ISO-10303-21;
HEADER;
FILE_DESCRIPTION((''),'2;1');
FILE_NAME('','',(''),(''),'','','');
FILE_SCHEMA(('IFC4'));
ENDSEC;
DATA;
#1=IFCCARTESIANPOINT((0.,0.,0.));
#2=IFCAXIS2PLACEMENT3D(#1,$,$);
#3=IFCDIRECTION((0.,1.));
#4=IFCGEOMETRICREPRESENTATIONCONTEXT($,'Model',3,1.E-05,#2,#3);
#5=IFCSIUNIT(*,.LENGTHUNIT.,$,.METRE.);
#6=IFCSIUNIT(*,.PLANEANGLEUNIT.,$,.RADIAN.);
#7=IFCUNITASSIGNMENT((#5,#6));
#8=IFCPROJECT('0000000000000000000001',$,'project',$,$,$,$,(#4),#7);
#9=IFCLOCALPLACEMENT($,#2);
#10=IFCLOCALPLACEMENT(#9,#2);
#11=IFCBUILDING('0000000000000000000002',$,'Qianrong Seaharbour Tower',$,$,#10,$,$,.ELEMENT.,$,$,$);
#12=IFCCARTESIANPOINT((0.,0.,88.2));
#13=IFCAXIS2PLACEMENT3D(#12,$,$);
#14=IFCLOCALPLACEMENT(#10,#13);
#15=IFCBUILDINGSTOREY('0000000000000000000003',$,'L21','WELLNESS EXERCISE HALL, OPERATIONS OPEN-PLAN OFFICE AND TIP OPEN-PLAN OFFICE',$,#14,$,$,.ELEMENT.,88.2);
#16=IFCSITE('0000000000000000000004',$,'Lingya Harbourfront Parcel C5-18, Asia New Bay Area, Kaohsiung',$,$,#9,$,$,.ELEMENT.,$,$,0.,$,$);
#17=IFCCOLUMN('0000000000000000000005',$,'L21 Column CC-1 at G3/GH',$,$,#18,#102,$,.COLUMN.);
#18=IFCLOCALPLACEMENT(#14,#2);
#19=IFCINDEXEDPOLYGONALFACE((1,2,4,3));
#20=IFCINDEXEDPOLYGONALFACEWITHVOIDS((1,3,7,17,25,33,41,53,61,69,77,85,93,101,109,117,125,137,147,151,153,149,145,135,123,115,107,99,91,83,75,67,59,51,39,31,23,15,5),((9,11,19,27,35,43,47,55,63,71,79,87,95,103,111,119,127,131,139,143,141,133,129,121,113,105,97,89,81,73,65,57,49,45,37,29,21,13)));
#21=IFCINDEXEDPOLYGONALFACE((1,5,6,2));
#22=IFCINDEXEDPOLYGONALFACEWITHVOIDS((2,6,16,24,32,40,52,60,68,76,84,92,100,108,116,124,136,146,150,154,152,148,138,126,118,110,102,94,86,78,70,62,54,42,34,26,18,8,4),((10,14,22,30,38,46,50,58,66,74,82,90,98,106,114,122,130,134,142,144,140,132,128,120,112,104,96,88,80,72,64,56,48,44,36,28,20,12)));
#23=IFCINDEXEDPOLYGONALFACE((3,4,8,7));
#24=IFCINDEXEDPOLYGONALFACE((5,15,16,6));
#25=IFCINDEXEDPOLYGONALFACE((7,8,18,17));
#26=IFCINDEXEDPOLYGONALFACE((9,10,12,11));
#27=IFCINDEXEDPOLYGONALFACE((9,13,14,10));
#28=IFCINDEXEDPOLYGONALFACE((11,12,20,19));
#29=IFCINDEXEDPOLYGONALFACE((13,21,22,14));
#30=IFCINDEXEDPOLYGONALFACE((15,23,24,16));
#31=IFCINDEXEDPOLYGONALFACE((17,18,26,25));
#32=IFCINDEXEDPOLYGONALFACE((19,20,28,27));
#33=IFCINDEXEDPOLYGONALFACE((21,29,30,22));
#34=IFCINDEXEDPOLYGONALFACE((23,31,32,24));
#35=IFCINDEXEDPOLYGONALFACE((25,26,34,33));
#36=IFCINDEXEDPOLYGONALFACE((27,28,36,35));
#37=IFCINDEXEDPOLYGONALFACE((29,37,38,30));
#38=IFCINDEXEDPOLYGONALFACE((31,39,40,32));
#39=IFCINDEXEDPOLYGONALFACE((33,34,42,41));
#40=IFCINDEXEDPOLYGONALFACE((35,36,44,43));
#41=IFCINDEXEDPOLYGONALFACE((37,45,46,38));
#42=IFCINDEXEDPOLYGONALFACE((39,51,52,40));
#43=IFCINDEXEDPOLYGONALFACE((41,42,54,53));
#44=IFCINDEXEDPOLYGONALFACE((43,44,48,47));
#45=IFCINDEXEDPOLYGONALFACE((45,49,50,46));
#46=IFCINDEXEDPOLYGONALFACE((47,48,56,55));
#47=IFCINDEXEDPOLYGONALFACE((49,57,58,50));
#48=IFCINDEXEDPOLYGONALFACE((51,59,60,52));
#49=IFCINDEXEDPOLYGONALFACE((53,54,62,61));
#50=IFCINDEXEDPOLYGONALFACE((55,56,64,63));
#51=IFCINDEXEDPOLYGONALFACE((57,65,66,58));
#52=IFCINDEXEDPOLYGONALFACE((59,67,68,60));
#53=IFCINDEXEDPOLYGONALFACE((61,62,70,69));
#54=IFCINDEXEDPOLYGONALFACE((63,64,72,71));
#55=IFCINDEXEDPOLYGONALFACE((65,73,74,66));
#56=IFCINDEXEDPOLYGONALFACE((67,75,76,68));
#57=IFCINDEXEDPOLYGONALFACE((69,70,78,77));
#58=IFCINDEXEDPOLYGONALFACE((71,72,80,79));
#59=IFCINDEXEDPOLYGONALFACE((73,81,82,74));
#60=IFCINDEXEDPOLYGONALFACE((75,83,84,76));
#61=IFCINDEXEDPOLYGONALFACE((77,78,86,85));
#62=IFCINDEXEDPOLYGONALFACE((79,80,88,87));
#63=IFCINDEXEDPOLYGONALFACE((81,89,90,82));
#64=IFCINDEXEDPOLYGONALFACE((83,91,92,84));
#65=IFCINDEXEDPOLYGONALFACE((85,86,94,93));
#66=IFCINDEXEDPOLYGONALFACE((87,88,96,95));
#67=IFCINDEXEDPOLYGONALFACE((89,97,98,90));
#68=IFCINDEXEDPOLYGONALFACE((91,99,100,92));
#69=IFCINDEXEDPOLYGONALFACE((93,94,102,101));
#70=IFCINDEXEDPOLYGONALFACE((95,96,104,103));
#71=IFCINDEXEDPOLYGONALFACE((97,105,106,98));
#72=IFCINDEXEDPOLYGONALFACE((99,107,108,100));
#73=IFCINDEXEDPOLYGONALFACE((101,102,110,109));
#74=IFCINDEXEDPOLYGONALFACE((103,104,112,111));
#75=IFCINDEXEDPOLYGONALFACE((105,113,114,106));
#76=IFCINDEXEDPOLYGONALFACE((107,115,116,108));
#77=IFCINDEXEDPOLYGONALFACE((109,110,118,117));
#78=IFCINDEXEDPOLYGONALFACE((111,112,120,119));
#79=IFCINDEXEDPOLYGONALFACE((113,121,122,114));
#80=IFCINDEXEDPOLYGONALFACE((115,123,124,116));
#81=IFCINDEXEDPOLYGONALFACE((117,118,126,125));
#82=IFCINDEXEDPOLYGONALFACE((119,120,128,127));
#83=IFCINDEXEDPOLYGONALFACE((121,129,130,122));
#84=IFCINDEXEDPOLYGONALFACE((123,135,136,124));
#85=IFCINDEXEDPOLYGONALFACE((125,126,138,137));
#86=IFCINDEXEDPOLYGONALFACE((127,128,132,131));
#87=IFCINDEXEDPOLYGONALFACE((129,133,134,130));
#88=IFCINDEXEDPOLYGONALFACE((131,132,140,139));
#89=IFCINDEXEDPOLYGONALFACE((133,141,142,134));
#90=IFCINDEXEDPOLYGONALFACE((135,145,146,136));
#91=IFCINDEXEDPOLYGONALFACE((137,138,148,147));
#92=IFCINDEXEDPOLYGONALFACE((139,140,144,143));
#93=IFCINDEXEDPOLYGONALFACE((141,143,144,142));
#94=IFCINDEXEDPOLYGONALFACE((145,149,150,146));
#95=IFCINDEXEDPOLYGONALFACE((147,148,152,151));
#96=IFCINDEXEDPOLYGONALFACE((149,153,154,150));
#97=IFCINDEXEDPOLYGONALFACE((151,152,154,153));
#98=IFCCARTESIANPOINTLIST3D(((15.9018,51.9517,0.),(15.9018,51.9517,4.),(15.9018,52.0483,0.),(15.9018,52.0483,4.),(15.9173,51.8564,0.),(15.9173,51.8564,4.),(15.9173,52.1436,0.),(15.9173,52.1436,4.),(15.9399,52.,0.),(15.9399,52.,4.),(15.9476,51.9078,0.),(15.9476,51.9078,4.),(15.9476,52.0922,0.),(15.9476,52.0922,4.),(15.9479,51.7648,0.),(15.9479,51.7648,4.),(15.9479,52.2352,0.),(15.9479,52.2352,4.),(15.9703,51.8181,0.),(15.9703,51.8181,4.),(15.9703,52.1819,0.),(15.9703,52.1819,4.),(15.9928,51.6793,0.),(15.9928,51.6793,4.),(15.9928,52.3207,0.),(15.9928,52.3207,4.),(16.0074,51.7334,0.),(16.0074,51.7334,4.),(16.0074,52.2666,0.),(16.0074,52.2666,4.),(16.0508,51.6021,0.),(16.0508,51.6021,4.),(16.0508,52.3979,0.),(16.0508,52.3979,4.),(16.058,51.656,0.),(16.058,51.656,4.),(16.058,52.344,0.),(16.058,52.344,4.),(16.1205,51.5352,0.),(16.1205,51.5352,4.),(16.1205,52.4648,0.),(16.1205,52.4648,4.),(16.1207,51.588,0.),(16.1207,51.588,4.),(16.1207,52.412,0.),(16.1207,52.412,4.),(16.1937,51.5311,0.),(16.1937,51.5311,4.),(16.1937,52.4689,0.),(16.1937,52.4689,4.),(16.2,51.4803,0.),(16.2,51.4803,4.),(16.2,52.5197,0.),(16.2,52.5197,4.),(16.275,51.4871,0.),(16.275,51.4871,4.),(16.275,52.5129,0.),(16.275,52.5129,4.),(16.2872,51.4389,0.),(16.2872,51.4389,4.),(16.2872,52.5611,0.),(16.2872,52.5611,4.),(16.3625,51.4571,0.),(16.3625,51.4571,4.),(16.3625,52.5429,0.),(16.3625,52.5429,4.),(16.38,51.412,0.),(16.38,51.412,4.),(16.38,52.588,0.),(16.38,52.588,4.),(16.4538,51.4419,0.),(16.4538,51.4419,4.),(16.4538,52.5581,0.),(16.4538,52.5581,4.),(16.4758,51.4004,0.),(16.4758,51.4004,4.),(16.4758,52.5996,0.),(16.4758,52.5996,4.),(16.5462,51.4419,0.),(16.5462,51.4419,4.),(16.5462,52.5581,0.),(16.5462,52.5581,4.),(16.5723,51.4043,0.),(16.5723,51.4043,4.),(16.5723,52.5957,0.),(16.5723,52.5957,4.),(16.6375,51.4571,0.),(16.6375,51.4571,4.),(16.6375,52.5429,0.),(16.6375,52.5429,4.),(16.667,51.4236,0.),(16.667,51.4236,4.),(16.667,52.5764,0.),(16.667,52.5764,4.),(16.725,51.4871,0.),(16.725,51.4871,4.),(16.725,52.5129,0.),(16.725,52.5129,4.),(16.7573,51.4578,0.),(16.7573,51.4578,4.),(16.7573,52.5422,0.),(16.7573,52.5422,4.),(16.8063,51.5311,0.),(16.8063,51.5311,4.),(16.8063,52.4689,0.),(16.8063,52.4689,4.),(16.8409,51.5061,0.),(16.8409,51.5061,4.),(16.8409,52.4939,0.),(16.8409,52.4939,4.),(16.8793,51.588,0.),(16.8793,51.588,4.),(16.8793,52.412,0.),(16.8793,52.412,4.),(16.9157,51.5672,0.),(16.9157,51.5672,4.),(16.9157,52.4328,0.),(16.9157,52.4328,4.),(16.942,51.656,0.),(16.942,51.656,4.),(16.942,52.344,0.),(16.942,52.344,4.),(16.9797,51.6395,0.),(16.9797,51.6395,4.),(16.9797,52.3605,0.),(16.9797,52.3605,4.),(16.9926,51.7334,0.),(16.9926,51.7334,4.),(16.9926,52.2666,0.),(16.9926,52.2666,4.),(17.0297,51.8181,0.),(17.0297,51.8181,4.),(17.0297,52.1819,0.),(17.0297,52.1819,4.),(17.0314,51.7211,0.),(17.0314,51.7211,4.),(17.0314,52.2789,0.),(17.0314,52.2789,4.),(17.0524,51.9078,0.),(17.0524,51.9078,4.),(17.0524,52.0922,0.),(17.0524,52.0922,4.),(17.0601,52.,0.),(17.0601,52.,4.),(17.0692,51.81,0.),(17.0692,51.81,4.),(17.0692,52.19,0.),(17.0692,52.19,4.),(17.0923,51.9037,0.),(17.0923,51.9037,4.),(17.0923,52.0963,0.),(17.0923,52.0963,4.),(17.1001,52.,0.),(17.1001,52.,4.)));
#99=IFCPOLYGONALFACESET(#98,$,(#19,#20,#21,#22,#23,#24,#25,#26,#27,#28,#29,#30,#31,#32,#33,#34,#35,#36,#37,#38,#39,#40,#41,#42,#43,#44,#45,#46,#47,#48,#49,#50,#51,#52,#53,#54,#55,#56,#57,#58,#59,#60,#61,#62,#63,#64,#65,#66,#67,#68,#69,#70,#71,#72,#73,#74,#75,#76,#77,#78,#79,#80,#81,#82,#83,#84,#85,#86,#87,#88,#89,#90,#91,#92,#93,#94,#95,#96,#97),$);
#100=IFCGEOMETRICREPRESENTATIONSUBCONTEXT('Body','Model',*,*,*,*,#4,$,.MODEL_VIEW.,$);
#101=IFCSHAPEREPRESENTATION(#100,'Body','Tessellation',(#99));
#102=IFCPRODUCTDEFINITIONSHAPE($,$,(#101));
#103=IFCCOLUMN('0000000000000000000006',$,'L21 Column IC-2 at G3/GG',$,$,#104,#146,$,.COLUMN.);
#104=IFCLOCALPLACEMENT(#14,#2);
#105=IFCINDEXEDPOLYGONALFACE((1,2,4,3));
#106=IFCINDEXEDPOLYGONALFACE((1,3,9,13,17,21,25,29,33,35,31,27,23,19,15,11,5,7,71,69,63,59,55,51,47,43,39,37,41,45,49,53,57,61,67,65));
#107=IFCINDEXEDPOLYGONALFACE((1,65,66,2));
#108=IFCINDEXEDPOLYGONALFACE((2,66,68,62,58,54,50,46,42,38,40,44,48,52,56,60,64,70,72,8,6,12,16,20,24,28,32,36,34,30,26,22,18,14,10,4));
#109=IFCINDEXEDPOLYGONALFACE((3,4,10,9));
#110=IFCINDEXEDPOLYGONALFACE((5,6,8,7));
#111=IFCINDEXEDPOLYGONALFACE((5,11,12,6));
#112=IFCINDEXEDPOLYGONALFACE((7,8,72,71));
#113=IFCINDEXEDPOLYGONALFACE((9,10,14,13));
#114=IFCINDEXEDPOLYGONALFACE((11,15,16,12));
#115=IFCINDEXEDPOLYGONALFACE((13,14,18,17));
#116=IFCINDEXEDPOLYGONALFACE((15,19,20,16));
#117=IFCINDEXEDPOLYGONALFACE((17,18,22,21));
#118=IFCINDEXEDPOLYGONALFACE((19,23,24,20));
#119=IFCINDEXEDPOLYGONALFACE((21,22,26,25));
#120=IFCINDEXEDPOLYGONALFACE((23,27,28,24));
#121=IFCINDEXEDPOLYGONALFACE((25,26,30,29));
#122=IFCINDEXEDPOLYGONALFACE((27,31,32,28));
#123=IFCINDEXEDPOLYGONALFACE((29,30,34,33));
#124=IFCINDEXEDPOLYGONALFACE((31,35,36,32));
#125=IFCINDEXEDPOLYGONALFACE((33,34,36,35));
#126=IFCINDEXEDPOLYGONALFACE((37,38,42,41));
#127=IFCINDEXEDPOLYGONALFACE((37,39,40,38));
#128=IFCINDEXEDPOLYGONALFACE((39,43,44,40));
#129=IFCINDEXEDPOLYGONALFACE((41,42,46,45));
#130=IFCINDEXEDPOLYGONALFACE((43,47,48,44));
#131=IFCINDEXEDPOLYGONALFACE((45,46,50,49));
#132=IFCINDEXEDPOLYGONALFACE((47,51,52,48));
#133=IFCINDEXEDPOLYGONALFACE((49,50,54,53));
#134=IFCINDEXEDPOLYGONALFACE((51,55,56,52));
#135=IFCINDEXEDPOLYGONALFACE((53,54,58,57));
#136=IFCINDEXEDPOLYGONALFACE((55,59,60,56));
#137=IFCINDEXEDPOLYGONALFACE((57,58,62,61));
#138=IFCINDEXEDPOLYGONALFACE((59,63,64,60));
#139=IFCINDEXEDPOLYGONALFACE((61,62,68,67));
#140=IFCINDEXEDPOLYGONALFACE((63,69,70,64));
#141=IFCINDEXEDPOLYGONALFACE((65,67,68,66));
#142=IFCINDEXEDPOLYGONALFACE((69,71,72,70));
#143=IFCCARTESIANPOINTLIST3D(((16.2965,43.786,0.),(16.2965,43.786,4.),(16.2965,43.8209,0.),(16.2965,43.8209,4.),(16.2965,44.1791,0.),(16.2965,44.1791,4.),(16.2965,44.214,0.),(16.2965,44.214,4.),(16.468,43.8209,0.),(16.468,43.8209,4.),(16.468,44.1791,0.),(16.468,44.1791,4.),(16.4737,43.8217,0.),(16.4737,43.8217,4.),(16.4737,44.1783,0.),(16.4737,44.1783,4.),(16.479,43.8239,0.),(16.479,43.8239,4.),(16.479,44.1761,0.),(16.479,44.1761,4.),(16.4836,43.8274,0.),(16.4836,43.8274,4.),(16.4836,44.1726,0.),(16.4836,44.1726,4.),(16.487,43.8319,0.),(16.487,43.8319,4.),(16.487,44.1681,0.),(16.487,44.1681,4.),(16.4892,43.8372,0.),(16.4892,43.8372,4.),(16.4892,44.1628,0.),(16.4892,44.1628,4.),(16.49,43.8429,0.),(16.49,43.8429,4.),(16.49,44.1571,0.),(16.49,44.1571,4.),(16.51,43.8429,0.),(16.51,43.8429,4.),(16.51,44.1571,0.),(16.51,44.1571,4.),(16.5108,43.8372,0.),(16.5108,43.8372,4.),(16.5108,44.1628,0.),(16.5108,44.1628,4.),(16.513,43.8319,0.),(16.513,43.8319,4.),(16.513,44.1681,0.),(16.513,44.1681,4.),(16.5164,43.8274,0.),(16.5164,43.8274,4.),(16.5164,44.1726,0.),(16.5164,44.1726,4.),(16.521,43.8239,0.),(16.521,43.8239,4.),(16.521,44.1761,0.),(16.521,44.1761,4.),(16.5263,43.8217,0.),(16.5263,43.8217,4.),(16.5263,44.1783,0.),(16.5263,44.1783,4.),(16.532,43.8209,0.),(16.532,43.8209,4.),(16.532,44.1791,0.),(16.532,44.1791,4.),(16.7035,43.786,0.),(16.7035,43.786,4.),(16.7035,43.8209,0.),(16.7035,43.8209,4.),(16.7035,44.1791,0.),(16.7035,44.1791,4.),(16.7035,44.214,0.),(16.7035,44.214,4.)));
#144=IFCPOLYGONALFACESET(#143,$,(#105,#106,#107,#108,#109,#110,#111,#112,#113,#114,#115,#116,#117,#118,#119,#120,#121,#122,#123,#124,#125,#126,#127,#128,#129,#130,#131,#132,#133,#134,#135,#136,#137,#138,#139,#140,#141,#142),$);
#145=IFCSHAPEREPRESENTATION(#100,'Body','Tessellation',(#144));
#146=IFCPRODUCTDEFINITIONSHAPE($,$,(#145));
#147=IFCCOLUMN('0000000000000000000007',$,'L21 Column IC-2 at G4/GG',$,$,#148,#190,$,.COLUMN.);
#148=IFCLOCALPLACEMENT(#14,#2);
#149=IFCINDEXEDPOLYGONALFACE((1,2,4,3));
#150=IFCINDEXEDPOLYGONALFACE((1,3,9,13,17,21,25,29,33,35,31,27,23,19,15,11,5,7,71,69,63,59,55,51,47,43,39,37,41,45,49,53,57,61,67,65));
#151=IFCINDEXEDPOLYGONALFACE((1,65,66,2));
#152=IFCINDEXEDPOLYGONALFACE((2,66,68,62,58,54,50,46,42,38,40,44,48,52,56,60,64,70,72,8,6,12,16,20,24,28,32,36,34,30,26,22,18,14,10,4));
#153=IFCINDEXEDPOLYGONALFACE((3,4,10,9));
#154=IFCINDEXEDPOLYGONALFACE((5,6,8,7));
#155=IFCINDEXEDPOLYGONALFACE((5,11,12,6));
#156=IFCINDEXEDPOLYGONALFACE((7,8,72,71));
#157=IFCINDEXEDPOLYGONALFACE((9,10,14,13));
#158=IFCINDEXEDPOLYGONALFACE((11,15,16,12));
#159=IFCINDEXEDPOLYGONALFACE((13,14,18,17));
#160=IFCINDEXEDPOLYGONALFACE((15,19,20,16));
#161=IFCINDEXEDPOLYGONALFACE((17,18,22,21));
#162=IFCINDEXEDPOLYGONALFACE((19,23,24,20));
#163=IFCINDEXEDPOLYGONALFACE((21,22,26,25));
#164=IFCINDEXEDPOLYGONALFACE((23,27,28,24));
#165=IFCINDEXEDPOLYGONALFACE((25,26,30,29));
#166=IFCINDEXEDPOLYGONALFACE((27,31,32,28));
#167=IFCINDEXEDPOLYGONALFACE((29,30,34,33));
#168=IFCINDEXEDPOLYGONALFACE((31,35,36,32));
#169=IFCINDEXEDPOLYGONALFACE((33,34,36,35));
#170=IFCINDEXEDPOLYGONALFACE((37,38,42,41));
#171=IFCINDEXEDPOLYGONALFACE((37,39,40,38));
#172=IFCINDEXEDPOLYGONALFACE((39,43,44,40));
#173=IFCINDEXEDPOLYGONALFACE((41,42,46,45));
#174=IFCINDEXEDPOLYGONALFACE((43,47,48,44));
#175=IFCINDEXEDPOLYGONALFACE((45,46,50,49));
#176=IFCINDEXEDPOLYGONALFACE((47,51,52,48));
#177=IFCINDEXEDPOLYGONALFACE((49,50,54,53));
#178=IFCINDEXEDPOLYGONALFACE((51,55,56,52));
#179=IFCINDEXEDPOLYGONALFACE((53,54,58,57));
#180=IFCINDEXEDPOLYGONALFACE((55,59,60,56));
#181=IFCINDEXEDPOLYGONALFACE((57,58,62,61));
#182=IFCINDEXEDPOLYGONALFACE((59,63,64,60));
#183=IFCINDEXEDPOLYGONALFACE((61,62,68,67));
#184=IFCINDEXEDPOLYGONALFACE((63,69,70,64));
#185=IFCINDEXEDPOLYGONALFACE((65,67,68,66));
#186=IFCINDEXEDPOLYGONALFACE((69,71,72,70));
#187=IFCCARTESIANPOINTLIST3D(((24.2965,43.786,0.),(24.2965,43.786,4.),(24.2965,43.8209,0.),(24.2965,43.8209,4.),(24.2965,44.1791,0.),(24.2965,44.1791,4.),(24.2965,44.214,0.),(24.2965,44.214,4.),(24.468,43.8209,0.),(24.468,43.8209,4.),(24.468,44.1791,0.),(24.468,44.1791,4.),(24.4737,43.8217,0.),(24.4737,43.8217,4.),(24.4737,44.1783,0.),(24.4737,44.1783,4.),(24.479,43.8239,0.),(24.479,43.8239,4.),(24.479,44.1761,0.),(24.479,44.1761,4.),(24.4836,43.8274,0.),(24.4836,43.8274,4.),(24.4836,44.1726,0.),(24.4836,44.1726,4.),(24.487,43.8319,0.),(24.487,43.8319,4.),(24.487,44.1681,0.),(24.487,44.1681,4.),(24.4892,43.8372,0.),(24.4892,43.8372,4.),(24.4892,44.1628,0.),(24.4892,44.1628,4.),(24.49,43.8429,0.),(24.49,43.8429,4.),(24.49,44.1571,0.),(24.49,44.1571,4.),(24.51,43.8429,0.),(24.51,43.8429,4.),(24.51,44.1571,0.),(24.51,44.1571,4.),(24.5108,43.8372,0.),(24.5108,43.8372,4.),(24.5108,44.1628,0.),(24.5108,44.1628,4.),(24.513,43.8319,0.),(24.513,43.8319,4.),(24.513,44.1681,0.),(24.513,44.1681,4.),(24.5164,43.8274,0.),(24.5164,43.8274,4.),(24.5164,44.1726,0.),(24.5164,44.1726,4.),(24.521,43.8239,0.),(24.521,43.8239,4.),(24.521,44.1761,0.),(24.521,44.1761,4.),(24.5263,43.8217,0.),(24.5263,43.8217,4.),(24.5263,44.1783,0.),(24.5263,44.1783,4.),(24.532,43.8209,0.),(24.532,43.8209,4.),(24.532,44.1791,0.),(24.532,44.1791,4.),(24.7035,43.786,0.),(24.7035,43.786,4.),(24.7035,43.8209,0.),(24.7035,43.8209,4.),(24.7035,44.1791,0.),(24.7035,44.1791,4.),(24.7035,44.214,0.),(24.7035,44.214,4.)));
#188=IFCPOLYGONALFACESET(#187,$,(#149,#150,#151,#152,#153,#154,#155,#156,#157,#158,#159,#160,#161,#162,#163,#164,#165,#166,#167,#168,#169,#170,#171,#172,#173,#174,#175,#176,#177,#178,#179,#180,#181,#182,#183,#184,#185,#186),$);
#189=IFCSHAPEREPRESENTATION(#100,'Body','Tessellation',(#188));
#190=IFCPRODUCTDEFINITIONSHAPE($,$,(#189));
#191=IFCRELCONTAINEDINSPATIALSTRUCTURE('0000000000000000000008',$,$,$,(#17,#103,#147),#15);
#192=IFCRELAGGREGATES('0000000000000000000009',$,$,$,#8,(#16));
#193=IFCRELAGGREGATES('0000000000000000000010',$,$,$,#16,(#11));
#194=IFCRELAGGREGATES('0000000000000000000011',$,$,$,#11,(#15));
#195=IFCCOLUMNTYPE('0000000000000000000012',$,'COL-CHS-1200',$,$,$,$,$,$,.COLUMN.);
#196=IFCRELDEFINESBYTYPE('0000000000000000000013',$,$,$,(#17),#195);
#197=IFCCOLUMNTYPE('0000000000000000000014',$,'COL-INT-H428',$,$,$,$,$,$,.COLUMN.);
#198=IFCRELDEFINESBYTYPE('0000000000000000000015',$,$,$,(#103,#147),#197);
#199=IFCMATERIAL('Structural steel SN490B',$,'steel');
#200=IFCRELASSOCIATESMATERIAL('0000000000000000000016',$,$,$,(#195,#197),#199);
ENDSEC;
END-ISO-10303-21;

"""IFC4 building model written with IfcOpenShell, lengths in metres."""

from ifc_helpers import new_model, si_unit, direction, frame, origin, origin_2d, place, context, subcontext, project, spatial, hollow_circle, i_section, extrude, material, material_profile, profile_set, type_object, element, save


model = new_model("IFC4")

# Units and contexts
model_context = context("Model", 3, precision=1e-05, world=origin(), true_north=direction((0.0, 1.0)))
body_context = subcontext(model_context, "Body", "Model", "MODEL_VIEW")
ifc_project = project(units=[si_unit("LENGTHUNIT", "METRE"), si_unit("PLANEANGLEUNIT", "RADIAN")], contexts=[model_context])

# Site, building, storey
site_placement = place(None, origin())
site = spatial("IfcSite", under=ifc_project, at=site_placement, Name="Lingya Harbourfront Parcel C5-18, Asia New Bay Area, Kaohsiung", CompositionType="ELEMENT", RefElevation=0.0)
building_placement = place(site_placement, origin())
building = spatial("IfcBuilding", under=site, at=building_placement, Name="Qianrong Seaharbour Tower", CompositionType="ELEMENT")
storey_placement = place(building_placement, frame((0.0, 0.0, 88.2)))
storey = spatial("IfcBuildingStorey", under=building, at=storey_placement, Name="L21", Description="WELLNESS EXERCISE HALL, OPERATIONS OPEN-PLAN OFFICE AND TIP OPEN-PLAN OFFICE", CompositionType="ELEMENT", Elevation=88.2)

# Columns
ifc_material_1 = material(Name="Structural steel SN490B", Category="steel")
ifc_material_profile_1 = material_profile(ifc_material_1, hollow_circle(Radius=0.6001, WallThickness=0.04, at=origin_2d()), Name="CHS1200x40")
ifc_profile_set_1 = profile_set([ifc_material_profile_1], Name="Structural steel SN490B")
column_type_1 = type_object("IfcColumnType", Name="COL-CHS-1200", PredefinedType="COLUMN", material=ifc_profile_set_1)
column_placement = place(storey_placement, frame((16.5, 52.0, 0.0), z_axis=(0.0, 0.0, 1.0), x_axis=(1.0, 0.0, 0.0)))
element("IfcColumn", 1, at=column_placement, inside=storey, type_object=column_type_1, Name="L21 Column CC-1 at G3/GH", PredefinedType="COLUMN", context=body_context, shape_type="SweptSolid", body=[
    extrude(hollow_circle(Radius=0.6001, WallThickness=0.04, at=origin_2d()), origin(), (0.0, 0.0, 1.0), 4.0),
])
ifc_material_profile_2 = material_profile(ifc_material_1, i_section(OverallWidth=0.407, OverallDepth=0.428, WebThickness=0.02, FlangeThickness=0.0349, FilletRadius=0.022, at=origin_2d()), Name="H428x407x20x35")
ifc_profile_set_2 = profile_set([ifc_material_profile_2], Name="Structural steel SN490B")
column_type_2 = type_object("IfcColumnType", Name="COL-INT-H428", PredefinedType="COLUMN", material=ifc_profile_set_2)
for number, where, z_axis, x_axis, name in (
    (2, (16.5, 44.0, 0.0), (0.0, 0.0, 1.0), (1.0, 0.0, 0.0), "L21 Column IC-2 at G3/GG"),
    (3, (24.5, 44.0, 0.0), (0.0, 0.0, 1.0), (1.0, 0.0, 0.0), "L21 Column IC-2 at G4/GG"),
):
    element("IfcColumn", number, at=place(storey_placement, frame(where, z_axis=z_axis, x_axis=x_axis)), inside=storey, type_object=column_type_2, Name=name, PredefinedType="COLUMN", context=body_context, shape_type="SweptSolid", body=[
        extrude(i_section(OverallWidth=0.407, OverallDepth=0.428, WebThickness=0.02, FlangeThickness=0.0349, FilletRadius=0.022, at=origin_2d()), origin(), (0.0, 0.0, 1.0), 4.0),
    ])

save(model, "model.ifc")
